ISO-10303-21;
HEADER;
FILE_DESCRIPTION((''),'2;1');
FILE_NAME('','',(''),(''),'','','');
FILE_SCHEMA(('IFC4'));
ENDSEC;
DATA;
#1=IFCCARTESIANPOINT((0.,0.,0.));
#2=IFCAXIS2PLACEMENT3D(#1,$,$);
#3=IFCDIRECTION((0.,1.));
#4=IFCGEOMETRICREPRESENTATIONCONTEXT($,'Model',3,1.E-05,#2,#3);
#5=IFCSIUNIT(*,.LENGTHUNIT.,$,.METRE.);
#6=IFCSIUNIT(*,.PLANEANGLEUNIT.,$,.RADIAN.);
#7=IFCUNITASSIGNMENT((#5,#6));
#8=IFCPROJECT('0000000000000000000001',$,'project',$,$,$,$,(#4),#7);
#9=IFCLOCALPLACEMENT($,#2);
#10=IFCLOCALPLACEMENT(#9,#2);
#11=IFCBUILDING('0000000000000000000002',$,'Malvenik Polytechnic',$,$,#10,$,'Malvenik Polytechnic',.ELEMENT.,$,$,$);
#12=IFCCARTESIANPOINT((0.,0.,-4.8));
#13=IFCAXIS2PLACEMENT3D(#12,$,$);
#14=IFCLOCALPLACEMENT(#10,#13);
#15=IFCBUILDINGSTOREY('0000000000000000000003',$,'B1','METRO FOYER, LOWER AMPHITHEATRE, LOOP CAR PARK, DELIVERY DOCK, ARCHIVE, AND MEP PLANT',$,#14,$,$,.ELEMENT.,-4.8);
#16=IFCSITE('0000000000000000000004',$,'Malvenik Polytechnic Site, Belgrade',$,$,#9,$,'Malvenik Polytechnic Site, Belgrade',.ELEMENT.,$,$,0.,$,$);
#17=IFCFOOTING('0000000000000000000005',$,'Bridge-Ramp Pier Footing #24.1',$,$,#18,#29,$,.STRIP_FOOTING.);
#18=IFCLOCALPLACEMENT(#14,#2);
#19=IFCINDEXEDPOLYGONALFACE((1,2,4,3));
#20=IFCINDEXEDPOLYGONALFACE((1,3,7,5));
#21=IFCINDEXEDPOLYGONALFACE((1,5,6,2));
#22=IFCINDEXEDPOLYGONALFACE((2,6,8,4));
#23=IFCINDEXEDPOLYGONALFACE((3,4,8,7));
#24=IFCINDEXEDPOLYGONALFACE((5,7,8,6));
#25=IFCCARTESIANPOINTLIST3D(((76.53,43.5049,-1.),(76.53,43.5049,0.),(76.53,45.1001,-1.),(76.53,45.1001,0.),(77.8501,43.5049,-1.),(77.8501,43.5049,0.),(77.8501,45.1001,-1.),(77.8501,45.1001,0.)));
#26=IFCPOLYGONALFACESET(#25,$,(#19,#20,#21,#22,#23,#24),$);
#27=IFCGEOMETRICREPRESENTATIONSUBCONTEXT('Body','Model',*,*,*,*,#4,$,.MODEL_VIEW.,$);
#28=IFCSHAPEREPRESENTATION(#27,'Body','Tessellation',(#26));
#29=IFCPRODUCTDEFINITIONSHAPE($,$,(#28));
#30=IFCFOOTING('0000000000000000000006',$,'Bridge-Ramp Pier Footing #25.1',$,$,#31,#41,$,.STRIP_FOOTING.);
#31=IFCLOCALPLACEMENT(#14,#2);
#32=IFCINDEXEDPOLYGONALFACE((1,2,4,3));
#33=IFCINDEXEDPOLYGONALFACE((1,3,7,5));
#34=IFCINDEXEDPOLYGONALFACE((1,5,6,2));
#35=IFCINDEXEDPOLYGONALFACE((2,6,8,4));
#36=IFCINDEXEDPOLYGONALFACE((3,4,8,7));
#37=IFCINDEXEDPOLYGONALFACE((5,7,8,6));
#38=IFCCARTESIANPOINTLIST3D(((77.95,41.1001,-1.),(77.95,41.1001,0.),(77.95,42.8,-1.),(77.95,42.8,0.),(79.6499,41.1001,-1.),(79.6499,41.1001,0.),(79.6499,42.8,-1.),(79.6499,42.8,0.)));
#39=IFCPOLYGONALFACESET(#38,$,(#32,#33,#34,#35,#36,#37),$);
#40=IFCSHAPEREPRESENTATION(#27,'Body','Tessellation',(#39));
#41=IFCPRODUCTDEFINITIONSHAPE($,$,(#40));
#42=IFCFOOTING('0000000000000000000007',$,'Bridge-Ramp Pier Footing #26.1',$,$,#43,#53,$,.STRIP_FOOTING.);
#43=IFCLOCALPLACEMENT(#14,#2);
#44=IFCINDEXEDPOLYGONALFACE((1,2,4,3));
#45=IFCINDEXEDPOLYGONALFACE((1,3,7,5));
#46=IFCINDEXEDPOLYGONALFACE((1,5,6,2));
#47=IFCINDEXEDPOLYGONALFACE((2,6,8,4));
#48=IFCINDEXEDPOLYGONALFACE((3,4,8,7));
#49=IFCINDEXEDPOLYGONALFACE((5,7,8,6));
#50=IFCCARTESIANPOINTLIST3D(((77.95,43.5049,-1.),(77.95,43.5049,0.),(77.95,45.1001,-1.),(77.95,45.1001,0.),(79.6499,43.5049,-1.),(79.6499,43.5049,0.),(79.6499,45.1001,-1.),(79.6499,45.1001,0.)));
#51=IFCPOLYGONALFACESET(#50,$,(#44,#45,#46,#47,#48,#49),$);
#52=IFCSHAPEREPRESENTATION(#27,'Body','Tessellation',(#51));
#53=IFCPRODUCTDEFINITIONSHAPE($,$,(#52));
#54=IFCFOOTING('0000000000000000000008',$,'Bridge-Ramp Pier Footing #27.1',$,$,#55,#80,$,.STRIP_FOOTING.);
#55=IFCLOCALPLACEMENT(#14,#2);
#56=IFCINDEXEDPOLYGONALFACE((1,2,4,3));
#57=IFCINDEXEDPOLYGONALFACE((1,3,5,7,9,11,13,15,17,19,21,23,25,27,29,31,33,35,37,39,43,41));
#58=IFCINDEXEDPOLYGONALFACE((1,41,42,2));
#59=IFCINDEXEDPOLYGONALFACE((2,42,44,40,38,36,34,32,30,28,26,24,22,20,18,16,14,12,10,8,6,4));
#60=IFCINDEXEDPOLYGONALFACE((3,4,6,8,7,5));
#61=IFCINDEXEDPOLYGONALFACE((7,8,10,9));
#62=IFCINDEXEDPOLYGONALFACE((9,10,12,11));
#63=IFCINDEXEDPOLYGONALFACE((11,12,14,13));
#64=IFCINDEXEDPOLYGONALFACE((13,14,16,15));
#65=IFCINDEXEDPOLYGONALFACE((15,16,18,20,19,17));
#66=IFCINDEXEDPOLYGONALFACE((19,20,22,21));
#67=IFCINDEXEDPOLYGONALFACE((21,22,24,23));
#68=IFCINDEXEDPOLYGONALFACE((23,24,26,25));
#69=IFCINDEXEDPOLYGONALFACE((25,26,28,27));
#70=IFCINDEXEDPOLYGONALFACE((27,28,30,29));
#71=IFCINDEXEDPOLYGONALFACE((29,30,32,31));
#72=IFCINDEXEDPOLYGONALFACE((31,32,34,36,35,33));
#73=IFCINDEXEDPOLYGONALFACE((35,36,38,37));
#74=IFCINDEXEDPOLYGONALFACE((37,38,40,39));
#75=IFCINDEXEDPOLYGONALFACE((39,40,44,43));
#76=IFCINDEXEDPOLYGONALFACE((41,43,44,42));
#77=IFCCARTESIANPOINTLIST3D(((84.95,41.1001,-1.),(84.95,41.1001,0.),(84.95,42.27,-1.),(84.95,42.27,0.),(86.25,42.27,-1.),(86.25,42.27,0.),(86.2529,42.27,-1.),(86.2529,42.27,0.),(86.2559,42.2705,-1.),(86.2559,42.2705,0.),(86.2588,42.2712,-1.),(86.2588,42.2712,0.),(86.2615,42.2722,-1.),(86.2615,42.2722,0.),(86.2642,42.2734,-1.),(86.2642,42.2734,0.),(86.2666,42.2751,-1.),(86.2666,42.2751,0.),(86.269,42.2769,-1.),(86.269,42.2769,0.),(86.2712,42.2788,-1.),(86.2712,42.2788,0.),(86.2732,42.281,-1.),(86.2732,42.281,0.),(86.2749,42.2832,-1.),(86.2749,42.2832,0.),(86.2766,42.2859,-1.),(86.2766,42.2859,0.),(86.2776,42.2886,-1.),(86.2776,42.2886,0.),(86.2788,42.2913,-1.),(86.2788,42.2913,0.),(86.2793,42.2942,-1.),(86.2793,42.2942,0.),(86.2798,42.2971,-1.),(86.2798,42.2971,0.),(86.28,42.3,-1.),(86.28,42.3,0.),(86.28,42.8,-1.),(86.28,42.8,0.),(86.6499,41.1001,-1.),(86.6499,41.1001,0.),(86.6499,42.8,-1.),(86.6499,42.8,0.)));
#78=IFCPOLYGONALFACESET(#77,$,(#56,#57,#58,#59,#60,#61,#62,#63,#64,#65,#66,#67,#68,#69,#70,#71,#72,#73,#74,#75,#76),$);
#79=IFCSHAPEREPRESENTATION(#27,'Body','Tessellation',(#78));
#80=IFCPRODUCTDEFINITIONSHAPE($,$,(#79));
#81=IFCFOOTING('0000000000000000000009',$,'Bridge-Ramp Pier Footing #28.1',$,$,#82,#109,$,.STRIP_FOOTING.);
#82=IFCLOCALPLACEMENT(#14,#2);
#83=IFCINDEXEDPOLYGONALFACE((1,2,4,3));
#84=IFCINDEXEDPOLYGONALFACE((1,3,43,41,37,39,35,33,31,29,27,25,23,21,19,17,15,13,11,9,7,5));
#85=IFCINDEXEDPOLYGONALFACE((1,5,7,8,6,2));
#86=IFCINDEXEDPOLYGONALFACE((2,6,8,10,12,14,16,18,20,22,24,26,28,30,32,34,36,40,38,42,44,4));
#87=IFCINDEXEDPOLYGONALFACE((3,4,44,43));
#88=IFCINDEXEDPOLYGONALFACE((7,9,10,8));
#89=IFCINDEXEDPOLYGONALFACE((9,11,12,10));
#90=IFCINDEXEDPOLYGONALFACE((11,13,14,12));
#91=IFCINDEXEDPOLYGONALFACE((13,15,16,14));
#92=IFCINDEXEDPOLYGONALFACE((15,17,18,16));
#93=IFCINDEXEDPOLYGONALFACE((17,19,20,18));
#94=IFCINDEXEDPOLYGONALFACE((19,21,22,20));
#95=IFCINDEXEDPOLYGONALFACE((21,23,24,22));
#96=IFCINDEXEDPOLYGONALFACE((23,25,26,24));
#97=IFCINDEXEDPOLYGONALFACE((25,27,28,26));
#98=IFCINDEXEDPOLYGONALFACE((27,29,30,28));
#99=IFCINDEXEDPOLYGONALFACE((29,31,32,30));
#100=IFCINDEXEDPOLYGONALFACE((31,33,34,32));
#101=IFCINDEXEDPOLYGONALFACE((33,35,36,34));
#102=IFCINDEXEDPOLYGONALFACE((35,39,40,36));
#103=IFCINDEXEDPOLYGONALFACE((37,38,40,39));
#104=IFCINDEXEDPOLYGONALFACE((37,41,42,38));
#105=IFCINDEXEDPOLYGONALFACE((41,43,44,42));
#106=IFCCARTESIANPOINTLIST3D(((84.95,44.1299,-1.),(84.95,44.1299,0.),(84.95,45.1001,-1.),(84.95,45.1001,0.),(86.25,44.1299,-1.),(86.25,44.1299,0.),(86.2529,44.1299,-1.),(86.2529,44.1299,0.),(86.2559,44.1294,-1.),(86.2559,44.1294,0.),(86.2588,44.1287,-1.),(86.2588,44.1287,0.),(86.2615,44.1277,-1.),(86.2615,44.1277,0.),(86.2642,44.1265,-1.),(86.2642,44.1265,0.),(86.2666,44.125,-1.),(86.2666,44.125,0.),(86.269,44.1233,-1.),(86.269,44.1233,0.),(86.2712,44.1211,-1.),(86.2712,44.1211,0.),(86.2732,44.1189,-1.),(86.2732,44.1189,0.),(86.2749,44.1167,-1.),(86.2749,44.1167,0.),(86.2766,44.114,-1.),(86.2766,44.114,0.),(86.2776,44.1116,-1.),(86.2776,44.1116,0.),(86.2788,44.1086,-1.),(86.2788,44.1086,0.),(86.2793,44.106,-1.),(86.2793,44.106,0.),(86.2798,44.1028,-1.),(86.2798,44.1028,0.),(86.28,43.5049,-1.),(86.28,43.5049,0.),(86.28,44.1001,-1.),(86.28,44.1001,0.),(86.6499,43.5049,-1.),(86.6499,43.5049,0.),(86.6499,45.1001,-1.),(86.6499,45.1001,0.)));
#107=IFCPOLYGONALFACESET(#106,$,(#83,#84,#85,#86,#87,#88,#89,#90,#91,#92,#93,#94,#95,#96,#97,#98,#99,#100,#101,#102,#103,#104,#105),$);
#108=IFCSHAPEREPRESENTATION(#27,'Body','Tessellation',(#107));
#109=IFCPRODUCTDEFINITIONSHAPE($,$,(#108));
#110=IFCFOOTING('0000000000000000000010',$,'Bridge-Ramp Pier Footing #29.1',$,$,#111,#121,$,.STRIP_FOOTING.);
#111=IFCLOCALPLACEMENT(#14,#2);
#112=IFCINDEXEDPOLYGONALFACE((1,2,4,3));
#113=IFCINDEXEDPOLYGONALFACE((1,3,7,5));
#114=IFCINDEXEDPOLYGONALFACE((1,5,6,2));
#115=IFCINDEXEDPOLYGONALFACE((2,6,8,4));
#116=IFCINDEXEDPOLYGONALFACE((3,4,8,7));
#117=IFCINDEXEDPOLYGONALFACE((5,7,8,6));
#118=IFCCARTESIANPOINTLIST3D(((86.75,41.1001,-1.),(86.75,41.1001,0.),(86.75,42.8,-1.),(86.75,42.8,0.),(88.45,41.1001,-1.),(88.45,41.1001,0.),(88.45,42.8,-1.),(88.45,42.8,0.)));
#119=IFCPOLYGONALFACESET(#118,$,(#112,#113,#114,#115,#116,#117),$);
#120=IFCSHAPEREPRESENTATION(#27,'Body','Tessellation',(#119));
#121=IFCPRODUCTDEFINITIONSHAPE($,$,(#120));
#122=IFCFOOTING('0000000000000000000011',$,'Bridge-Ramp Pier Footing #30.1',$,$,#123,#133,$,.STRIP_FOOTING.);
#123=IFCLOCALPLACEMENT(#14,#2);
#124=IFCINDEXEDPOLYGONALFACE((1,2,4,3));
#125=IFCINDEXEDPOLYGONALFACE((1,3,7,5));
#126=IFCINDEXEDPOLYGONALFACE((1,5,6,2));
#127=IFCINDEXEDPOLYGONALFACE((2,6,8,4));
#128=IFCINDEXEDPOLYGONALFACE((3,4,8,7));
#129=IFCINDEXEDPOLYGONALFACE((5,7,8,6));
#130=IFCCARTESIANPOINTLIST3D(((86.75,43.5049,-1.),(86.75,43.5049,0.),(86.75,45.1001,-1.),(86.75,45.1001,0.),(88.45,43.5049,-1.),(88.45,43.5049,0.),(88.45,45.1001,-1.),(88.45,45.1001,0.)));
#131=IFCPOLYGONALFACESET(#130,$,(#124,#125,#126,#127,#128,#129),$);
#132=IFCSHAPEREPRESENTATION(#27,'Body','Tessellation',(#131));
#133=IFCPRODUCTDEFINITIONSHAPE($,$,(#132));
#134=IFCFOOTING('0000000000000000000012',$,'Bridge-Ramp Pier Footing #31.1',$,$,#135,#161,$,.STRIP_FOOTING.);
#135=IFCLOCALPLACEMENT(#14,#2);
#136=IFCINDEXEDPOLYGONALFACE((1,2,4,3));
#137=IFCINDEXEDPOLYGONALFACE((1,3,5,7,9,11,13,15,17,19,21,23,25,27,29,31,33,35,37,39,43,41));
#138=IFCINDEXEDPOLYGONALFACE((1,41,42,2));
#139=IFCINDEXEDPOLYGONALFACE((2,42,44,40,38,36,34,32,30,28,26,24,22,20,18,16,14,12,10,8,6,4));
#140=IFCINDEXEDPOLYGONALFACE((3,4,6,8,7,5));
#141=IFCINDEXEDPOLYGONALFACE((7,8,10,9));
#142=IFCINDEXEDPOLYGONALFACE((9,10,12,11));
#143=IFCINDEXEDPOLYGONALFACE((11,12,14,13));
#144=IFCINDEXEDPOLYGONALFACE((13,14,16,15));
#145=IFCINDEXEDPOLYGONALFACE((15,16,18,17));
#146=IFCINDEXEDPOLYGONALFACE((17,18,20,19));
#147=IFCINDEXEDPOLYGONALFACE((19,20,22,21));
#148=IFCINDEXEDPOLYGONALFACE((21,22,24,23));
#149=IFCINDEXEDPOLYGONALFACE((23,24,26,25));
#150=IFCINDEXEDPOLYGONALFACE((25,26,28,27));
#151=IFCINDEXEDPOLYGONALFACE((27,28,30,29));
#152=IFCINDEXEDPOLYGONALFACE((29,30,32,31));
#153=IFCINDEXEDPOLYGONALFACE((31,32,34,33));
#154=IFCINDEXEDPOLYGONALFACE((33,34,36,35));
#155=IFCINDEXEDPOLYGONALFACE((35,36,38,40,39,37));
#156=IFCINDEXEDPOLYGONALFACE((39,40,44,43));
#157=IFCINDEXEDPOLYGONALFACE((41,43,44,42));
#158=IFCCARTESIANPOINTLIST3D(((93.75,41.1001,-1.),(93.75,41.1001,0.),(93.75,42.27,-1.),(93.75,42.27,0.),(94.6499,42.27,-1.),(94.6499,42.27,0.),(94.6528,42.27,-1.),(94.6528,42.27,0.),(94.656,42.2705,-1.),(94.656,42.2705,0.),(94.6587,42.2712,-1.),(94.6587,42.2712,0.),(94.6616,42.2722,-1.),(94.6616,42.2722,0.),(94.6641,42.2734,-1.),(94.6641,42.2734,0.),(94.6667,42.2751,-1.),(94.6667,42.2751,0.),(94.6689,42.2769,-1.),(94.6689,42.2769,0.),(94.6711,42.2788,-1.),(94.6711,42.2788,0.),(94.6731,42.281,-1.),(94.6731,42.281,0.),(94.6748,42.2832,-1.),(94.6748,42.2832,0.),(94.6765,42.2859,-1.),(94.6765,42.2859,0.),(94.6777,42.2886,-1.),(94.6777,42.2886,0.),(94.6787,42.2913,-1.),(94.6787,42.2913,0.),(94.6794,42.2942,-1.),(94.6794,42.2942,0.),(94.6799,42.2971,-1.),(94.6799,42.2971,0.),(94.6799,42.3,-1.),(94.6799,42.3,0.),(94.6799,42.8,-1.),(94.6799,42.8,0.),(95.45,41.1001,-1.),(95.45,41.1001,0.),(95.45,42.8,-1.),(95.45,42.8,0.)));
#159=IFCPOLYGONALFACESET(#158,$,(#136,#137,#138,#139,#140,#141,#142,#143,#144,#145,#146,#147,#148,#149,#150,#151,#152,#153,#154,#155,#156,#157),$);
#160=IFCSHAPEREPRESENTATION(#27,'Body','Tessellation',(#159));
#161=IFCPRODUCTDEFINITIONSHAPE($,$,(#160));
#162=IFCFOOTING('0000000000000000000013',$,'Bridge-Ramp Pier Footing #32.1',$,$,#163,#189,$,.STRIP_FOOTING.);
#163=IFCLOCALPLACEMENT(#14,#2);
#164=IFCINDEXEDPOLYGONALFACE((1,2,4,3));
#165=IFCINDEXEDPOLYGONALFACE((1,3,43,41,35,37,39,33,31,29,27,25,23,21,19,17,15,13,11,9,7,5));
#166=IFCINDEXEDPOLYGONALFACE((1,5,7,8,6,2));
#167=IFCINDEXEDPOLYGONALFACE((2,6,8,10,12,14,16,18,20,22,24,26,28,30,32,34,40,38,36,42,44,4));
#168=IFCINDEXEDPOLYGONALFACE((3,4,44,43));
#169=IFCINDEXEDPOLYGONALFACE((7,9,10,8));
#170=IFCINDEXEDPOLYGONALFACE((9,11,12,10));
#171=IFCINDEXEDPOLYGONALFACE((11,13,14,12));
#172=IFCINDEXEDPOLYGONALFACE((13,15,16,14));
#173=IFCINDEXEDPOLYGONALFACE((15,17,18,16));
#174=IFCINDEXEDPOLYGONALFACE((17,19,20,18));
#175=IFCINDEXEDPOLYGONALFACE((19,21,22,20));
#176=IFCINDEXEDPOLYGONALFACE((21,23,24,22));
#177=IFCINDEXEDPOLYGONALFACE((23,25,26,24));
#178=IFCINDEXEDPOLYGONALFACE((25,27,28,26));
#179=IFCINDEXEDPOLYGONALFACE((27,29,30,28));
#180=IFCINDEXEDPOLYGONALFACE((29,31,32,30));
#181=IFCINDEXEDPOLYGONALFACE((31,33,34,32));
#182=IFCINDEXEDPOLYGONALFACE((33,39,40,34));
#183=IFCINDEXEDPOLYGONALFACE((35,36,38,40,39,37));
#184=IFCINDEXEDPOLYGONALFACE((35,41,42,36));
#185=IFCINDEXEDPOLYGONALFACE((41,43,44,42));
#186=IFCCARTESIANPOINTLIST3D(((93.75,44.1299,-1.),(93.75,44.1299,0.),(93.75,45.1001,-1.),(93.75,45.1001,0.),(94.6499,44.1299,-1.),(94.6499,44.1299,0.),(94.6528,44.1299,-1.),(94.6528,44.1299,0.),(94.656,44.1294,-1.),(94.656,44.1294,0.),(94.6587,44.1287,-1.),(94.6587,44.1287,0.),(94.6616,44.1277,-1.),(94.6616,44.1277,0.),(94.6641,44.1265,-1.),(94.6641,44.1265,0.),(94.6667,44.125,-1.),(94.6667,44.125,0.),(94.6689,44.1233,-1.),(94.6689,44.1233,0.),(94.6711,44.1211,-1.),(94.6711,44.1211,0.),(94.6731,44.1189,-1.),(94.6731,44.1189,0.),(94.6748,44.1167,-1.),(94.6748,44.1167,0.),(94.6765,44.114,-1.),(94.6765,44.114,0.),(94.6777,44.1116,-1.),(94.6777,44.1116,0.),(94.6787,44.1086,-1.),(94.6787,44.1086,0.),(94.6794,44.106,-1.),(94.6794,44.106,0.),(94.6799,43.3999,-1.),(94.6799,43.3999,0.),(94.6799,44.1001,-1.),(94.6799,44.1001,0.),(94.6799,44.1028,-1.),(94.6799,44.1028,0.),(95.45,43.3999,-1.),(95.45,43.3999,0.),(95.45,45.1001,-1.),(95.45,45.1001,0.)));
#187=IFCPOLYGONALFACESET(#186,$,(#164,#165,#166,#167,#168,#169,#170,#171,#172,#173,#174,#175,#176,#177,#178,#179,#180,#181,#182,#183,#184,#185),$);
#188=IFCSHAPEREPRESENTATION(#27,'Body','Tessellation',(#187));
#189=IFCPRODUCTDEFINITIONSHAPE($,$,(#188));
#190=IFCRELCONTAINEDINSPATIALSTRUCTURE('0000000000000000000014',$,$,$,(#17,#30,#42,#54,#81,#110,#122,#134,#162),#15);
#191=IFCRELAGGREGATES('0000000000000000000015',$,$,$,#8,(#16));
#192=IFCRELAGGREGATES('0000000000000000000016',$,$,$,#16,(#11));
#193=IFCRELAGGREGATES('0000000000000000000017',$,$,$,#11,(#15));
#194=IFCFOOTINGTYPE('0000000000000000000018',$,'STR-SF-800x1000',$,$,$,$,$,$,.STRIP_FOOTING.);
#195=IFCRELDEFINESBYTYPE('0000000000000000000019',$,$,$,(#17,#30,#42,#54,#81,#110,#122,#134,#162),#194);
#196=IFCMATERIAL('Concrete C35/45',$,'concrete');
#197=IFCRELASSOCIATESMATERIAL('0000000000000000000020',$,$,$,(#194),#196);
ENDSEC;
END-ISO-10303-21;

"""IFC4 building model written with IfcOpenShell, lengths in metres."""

from ifc_helpers import new_model, si_unit, direction, frame, origin, place, context, subcontext, project, spatial, polyline, outline, extrude, material, type_object, element, save


model = new_model("IFC4")

# Units and contexts
model_context = context("Model", 3, precision=1e-05, world=origin(), true_north=direction((0.0, 1.0)))
body_context = subcontext(model_context, "Body", "Model", "MODEL_VIEW")
ifc_project = project(units=[si_unit("LENGTHUNIT", "METRE"), si_unit("PLANEANGLEUNIT", "RADIAN")], contexts=[model_context])

# Site, building, storey
site_placement = place(None, origin())
site = spatial("IfcSite", under=ifc_project, at=site_placement, Name="Malvenik Polytechnic Site, Belgrade", LongName="Malvenik Polytechnic Site, Belgrade", CompositionType="ELEMENT", RefElevation=0.0)
building_placement = place(site_placement, origin())
building = spatial("IfcBuilding", under=site, at=building_placement, Name="Malvenik Polytechnic", LongName="Malvenik Polytechnic", CompositionType="ELEMENT")
storey_placement = place(building_placement, frame((0.0, 0.0, -4.8)))
storey = spatial("IfcBuildingStorey", under=building, at=storey_placement, Name="B1", Description="METRO FOYER, LOWER AMPHITHEATRE, LOOP CAR PARK, DELIVERY DOCK, ARCHIVE, AND MEP PLANT", CompositionType="ELEMENT", Elevation=-4.8)

# Footings
ifc_material = material(Name="Concrete C35/45", Category="concrete")
footing_type = type_object("IfcFootingType", Name="STR-SF-800x1000", PredefinedType="STRIP_FOOTING", material=ifc_material)
footing_1_placement = place(storey_placement, frame((0.0, 0.0, -1.0)))
element("IfcFooting", 1, at=footing_1_placement, inside=storey, type_object=footing_type, Name="Bridge-Ramp Pier Footing #24.1", PredefinedType="STRIP_FOOTING", context=body_context, shape_type="SweptSolid", body=[
    extrude(outline(polyline([(77.8501, 45.1001), (77.8501, 43.5049), (76.53, 43.5049), (76.53, 45.1001), (77.8501, 45.1001)])), origin(), (0.0, 0.0, 1.0), 1.0),
])
footing_2_placement = place(storey_placement, frame((0.0, 0.0, -1.0)))
element("IfcFooting", 2, at=footing_2_placement, inside=storey, type_object=footing_type, Name="Bridge-Ramp Pier Footing #25.1", PredefinedType="STRIP_FOOTING", context=body_context, shape_type="SweptSolid", body=[
    extrude(outline(polyline([(77.95, 41.1001), (77.95, 42.8), (79.6499, 42.8), (79.6499, 41.1001), (77.95, 41.1001)])), origin(), (0.0, 0.0, 1.0), 1.0),
])
footing_3_placement = place(storey_placement, frame((0.0, 0.0, -1.0)))
element("IfcFooting", 3, at=footing_3_placement, inside=storey, type_object=footing_type, Name="Bridge-Ramp Pier Footing #26.1", PredefinedType="STRIP_FOOTING", context=body_context, shape_type="SweptSolid", body=[
    extrude(outline(polyline([(77.95, 45.1001), (79.6499, 45.1001), (79.6499, 43.5049), (77.95, 43.5049), (77.95, 45.1001)])), origin(), (0.0, 0.0, 1.0), 1.0),
])
footing_4_placement = place(storey_placement, frame((0.0, 0.0, -1.0)))
element("IfcFooting", 4, at=footing_4_placement, inside=storey, type_object=footing_type, Name="Bridge-Ramp Pier Footing #27.1", PredefinedType="STRIP_FOOTING", context=body_context, shape_type="SweptSolid", body=[
    extrude(outline(polyline([(86.6499, 42.8), (86.6499, 41.1001), (84.95, 41.1001), (84.95, 42.27), (86.25, 42.27), (86.2529, 42.27), (86.2559, 42.2705), (86.2588, 42.2712), (86.2615, 42.2722), (86.2642, 42.2734), (86.2666, 42.2751), (86.269, 42.2769), (86.2712, 42.2788), (86.2732, 42.281), (86.2749, 42.2832), (86.2766, 42.2859), (86.2776, 42.2886), (86.2788, 42.2913), (86.2793, 42.2942), (86.2798, 42.2971), (86.28, 42.3), (86.28, 42.8), (86.6499, 42.8)])), origin(), (0.0, 0.0, 1.0), 1.0),
])
footing_5_placement = place(storey_placement, frame((0.0, 0.0, -1.0)))
element("IfcFooting", 5, at=footing_5_placement, inside=storey, type_object=footing_type, Name="Bridge-Ramp Pier Footing #28.1", PredefinedType="STRIP_FOOTING", context=body_context, shape_type="SweptSolid", body=[
    extrude(outline(polyline([(84.95, 45.1001), (86.6499, 45.1001), (86.6499, 43.5049), (86.28, 43.5049), (86.28, 44.1001), (86.2798, 44.1028), (86.2793, 44.106), (86.2788, 44.1086), (86.2776, 44.1116), (86.2766, 44.114), (86.2749, 44.1167), (86.2732, 44.1189), (86.2712, 44.1211), (86.269, 44.1233), (86.2666, 44.125), (86.2642, 44.1265), (86.2615, 44.1277), (86.2588, 44.1287), (86.2559, 44.1294), (86.2529, 44.1299), (86.25, 44.1299), (84.95, 44.1299), (84.95, 45.1001)])), origin(), (0.0, 0.0, 1.0), 1.0),
])
footing_6_placement = place(storey_placement, frame((0.0, 0.0, -1.0)))
element("IfcFooting", 6, at=footing_6_placement, inside=storey, type_object=footing_type, Name="Bridge-Ramp Pier Footing #29.1", PredefinedType="STRIP_FOOTING", context=body_context, shape_type="SweptSolid", body=[
    extrude(outline(polyline([(86.75, 41.1001), (86.75, 42.8), (88.45, 42.8), (88.45, 41.1001), (86.75, 41.1001)])), origin(), (0.0, 0.0, 1.0), 1.0),
])
footing_7_placement = place(storey_placement, frame((0.0, 0.0, -1.0)))
element("IfcFooting", 7, at=footing_7_placement, inside=storey, type_object=footing_type, Name="Bridge-Ramp Pier Footing #30.1", PredefinedType="STRIP_FOOTING", context=body_context, shape_type="SweptSolid", body=[
    extrude(outline(polyline([(86.75, 45.1001), (88.45, 45.1001), (88.45, 43.5049), (86.75, 43.5049), (86.75, 45.1001)])), origin(), (0.0, 0.0, 1.0), 1.0),
])
footing_8_placement = place(storey_placement, frame((0.0, 0.0, -1.0)))
element("IfcFooting", 8, at=footing_8_placement, inside=storey, type_object=footing_type, Name="Bridge-Ramp Pier Footing #31.1", PredefinedType="STRIP_FOOTING", context=body_context, shape_type="SweptSolid", body=[
    extrude(outline(polyline([(95.45, 42.8), (95.45, 41.1001), (93.75, 41.1001), (93.75, 42.27), (94.6499, 42.27), (94.6528, 42.27), (94.656, 42.2705), (94.6587, 42.2712), (94.6616, 42.2722), (94.6641, 42.2734), (94.6667, 42.2751), (94.6689, 42.2769), (94.6711, 42.2788), (94.6731, 42.281), (94.6748, 42.2832), (94.6765, 42.2859), (94.6777, 42.2886), (94.6787, 42.2913), (94.6794, 42.2942), (94.6799, 42.2971), (94.6799, 42.3), (94.6799, 42.8), (95.45, 42.8)])), origin(), (0.0, 0.0, 1.0), 1.0),
])
footing_9_placement = place(storey_placement, frame((0.0, 0.0, -1.0)))
element("IfcFooting", 9, at=footing_9_placement, inside=storey, type_object=footing_type, Name="Bridge-Ramp Pier Footing #32.1", PredefinedType="STRIP_FOOTING", context=body_context, shape_type="SweptSolid", body=[
    extrude(outline(polyline([(93.75, 45.1001), (95.45, 45.1001), (95.45, 43.3999), (94.6799, 43.3999), (94.6799, 44.1001), (94.6799, 44.1028), (94.6794, 44.106), (94.6787, 44.1086), (94.6777, 44.1116), (94.6765, 44.114), (94.6748, 44.1167), (94.6731, 44.1189), (94.6711, 44.1211), (94.6689, 44.1233), (94.6667, 44.125), (94.6641, 44.1265), (94.6616, 44.1277), (94.6587, 44.1287), (94.656, 44.1294), (94.6528, 44.1299), (94.6499, 44.1299), (93.75, 44.1299), (93.75, 45.1001)])), origin(), (0.0, 0.0, 1.0), 1.0),
])

save(model, "model.ifc")
